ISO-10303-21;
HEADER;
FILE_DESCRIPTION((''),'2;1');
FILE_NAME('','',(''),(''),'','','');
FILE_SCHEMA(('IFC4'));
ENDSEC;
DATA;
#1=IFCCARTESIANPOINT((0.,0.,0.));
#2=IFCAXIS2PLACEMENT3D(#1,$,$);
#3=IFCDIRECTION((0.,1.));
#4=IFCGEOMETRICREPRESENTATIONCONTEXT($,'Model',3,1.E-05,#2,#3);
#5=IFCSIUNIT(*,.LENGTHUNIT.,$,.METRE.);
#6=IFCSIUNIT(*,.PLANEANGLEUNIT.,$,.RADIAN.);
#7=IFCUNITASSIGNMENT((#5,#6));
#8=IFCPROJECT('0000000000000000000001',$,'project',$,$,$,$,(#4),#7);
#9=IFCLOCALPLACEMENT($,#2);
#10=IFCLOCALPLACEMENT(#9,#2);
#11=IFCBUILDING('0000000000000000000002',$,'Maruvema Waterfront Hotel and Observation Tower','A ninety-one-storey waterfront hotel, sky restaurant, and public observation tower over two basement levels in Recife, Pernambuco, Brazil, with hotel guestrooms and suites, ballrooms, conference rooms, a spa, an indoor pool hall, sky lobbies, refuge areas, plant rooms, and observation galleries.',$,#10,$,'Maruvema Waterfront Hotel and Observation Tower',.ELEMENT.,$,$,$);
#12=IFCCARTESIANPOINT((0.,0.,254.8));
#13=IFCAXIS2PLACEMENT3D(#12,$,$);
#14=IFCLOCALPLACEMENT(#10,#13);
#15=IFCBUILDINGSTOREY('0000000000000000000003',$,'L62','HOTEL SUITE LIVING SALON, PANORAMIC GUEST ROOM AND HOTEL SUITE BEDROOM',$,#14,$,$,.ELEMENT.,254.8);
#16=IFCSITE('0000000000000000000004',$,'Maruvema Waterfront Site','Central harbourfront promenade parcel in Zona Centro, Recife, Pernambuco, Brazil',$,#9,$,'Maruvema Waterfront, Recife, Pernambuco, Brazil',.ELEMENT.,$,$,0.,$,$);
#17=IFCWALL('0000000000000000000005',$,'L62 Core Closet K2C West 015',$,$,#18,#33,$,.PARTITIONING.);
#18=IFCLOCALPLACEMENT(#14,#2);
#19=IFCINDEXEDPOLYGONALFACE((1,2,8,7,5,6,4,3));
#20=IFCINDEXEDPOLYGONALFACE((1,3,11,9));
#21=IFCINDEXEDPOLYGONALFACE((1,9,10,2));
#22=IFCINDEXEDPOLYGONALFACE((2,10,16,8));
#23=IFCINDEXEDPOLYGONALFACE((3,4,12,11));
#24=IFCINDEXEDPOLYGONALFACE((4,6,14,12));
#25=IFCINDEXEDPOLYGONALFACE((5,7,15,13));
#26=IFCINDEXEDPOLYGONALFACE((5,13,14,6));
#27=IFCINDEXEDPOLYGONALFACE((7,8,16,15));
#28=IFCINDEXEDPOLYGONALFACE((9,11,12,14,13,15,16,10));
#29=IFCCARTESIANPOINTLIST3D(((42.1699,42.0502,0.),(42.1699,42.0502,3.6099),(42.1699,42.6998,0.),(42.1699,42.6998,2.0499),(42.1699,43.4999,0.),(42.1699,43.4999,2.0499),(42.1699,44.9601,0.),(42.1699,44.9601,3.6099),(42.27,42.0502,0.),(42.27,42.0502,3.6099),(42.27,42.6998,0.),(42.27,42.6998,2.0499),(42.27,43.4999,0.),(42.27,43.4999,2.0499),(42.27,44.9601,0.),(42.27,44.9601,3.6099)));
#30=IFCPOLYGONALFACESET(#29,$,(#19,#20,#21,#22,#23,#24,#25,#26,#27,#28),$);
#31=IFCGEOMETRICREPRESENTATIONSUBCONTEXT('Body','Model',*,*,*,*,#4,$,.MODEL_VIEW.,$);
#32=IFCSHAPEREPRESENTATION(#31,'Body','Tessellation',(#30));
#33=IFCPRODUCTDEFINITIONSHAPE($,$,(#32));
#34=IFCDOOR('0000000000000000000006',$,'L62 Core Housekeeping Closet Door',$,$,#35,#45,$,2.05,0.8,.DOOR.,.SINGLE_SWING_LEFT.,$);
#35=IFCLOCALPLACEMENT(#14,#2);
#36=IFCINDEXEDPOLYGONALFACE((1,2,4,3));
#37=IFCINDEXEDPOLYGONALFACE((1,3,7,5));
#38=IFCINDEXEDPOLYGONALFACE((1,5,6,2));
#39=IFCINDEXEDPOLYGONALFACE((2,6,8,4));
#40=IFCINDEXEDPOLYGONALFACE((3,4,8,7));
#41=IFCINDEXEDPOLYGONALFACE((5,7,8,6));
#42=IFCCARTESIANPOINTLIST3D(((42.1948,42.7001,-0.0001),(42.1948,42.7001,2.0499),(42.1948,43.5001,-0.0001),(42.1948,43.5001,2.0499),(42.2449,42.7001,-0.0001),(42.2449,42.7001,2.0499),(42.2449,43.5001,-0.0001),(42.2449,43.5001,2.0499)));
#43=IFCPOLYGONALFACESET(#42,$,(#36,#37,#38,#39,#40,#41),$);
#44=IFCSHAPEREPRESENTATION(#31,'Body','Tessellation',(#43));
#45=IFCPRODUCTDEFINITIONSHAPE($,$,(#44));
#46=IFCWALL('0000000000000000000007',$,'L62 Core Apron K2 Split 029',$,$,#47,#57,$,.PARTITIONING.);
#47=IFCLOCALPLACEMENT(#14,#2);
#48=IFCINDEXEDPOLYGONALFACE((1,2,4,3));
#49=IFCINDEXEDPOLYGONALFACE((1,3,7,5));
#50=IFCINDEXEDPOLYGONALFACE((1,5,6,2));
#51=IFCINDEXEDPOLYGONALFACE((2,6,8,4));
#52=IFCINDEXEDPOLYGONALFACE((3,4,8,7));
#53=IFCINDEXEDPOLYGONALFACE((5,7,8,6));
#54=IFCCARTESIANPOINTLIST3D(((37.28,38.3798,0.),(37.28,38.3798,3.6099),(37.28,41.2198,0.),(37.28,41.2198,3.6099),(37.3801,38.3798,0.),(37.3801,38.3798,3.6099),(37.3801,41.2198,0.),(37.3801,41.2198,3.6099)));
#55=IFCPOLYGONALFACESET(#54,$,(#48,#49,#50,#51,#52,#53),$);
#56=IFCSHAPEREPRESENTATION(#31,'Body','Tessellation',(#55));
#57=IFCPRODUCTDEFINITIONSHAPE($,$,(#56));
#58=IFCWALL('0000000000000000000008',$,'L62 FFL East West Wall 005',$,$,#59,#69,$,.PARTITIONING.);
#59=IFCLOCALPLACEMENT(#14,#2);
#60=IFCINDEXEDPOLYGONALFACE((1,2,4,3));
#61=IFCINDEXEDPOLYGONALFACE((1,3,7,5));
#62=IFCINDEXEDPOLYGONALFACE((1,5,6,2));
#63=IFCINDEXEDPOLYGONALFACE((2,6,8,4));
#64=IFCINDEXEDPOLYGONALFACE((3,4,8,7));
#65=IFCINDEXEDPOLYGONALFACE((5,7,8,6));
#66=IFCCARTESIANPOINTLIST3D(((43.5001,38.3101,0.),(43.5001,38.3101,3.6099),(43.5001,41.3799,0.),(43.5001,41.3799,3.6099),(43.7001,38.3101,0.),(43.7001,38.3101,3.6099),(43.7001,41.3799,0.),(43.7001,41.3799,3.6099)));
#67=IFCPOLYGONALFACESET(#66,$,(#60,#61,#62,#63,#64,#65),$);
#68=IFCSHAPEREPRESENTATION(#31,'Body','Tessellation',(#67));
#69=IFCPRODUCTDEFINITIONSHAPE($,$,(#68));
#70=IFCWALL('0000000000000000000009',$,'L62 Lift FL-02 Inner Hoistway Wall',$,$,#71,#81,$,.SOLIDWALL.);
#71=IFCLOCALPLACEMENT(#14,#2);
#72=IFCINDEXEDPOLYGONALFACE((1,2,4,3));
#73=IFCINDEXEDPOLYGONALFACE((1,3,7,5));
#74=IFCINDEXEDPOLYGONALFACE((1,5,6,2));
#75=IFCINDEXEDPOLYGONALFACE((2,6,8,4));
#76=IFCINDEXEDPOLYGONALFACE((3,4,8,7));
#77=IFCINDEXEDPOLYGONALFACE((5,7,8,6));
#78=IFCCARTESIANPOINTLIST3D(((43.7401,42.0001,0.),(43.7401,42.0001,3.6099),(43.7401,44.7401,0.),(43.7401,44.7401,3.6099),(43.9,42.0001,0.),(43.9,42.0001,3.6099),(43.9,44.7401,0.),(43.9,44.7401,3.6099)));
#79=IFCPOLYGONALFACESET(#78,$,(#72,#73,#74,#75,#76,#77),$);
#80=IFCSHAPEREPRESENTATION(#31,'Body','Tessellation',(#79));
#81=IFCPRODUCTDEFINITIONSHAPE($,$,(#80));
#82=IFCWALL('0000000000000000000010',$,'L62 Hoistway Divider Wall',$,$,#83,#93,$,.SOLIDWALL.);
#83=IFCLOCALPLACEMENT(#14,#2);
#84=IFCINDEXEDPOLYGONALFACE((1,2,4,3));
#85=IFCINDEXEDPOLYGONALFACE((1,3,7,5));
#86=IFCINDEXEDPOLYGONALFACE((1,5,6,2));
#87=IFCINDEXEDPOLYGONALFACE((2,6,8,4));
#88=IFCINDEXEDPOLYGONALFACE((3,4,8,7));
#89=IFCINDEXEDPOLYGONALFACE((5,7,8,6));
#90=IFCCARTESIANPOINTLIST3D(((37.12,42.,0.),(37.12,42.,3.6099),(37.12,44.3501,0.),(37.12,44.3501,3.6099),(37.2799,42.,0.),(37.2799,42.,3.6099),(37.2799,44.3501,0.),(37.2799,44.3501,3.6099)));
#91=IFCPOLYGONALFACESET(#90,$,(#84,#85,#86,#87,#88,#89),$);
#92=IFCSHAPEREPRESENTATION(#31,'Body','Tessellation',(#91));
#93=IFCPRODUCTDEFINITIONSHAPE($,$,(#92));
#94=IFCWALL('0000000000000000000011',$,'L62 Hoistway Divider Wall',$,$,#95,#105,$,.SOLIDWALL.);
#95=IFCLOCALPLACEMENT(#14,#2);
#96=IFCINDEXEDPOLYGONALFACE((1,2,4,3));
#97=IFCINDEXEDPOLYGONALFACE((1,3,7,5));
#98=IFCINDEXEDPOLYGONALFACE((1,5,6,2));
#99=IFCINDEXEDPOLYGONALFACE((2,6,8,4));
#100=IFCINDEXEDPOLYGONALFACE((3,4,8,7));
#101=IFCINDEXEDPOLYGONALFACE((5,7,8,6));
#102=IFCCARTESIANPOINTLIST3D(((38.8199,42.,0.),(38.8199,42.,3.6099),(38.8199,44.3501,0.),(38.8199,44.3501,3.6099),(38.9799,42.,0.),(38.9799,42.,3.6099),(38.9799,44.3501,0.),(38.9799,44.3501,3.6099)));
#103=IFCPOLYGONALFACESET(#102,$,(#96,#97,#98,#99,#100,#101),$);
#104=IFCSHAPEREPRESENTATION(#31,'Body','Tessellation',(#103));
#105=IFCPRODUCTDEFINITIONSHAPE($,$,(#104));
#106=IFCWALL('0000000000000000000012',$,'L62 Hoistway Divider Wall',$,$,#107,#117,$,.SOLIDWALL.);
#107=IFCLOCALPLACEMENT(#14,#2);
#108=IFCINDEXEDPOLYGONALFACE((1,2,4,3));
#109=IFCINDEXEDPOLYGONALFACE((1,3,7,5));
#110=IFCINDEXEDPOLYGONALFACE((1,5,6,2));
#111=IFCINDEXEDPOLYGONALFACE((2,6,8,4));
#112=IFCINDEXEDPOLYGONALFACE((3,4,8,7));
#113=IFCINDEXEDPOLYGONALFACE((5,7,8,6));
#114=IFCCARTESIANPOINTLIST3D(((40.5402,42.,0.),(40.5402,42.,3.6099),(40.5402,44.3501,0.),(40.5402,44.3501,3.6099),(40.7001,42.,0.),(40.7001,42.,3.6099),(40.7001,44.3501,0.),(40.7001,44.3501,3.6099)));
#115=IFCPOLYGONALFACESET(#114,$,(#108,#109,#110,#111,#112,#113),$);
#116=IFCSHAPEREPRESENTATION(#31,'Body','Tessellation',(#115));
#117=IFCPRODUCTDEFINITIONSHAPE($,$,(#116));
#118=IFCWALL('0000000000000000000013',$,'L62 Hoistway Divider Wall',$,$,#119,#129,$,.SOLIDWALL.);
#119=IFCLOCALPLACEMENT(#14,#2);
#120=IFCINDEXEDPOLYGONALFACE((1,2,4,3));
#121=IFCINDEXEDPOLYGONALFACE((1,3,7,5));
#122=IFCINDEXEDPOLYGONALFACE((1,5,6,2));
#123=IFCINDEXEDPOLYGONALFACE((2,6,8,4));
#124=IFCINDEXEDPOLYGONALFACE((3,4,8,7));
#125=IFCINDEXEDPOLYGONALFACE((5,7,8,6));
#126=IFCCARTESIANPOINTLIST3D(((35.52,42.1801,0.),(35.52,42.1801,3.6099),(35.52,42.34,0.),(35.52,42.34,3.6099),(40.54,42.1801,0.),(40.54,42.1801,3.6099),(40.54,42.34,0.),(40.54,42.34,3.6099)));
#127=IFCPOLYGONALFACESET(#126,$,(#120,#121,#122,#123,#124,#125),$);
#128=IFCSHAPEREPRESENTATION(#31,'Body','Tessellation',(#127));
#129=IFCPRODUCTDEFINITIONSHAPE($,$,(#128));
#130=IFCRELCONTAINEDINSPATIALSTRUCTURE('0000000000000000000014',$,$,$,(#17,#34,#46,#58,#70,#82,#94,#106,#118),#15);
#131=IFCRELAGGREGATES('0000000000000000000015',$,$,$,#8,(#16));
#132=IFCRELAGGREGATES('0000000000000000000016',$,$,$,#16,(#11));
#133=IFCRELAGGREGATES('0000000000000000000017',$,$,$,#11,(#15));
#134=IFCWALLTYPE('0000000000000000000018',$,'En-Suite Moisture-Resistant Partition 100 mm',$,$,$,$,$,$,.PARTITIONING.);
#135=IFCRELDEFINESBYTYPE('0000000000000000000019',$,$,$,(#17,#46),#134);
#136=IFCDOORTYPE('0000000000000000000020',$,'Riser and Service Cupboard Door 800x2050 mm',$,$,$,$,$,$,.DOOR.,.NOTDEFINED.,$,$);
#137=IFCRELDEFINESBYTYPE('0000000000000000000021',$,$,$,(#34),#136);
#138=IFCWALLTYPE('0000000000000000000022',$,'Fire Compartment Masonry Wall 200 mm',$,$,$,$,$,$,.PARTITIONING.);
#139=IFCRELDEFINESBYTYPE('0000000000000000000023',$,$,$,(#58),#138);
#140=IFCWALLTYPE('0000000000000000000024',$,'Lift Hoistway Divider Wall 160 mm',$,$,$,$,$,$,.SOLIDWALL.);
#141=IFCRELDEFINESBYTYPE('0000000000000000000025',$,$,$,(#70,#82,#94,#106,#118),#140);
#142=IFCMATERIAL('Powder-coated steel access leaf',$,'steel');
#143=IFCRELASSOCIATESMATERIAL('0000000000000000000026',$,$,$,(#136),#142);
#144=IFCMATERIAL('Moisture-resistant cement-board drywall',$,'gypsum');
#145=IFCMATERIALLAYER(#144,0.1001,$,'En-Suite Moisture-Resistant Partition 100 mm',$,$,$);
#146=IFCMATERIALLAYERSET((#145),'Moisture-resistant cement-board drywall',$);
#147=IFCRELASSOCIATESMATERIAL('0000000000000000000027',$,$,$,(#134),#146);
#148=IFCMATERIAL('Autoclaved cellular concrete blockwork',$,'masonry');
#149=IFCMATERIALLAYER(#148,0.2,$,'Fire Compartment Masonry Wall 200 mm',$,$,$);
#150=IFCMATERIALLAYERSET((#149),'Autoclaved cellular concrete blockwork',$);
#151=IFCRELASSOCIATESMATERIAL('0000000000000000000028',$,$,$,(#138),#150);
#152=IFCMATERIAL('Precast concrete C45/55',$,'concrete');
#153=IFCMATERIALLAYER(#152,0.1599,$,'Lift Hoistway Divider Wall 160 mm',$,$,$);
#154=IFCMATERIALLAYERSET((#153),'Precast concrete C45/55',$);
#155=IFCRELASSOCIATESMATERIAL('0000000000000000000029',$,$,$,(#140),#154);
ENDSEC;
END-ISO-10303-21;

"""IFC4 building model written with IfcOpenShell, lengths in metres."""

from ifc_helpers import new_model, si_unit, direction, frame, frame_2d, origin, place, context, subcontext, project, spatial, rectangle, extrude, material, layer, layer_set, type_object, element, fill, save


model = new_model("IFC4")

# Units and contexts
model_context = context("Model", 3, precision=1e-05, world=origin(), true_north=direction((0.0, 1.0)))
body_context = subcontext(model_context, "Body", "Model", "MODEL_VIEW")
ifc_project = project(units=[si_unit("LENGTHUNIT", "METRE"), si_unit("PLANEANGLEUNIT", "RADIAN")], contexts=[model_context])

# Site, building, storey
site_placement = place(None, origin())
site = spatial("IfcSite", under=ifc_project, at=site_placement, Name="Maruvema Waterfront Site", Description="Central harbourfront promenade parcel in Zona Centro, Recife, Pernambuco, Brazil", LongName="Maruvema Waterfront, Recife, Pernambuco, Brazil", CompositionType="ELEMENT", RefElevation=0.0)
building_placement = place(site_placement, origin())
building = spatial("IfcBuilding", under=site, at=building_placement, Name="Maruvema Waterfront Hotel and Observation Tower", Description="A ninety-one-storey waterfront hotel, sky restaurant, and public observation tower over two basement levels in Recife, Pernambuco, Brazil, with hotel guestrooms and suites, ballrooms, conference rooms, a spa, an indoor pool hall, sky lobbies, refuge areas, plant rooms, and observation galleries.", LongName="Maruvema Waterfront Hotel and Observation Tower", CompositionType="ELEMENT")
storey_placement = place(building_placement, frame((0.0, 0.0, 254.8)))
storey = spatial("IfcBuildingStorey", under=building, at=storey_placement, Name="L62", Description="HOTEL SUITE LIVING SALON, PANORAMIC GUEST ROOM AND HOTEL SUITE BEDROOM", CompositionType="ELEMENT", Elevation=254.8)

# Shared definitions
ifc_material_1 = material(Name="Powder-coated steel access leaf", Category="steel")
door_type_1 = type_object("IfcDoorType", Name="Riser and Service Cupboard Door 800x2050 mm", OperationType="NOTDEFINED", PredefinedType="DOOR", material=ifc_material_1)

# Shared definitions
ifc_material_2 = material(Name="Moisture-resistant cement-board drywall", Category="gypsum")
ifc_layer_1 = layer(ifc_material_2, 0.1001, Name="En-Suite Moisture-Resistant Partition 100 mm")
ifc_layer_set_1 = layer_set([ifc_layer_1], Name="Moisture-resistant cement-board drywall")
wall_type_1 = type_object("IfcWallType", Name="En-Suite Moisture-Resistant Partition 100 mm", PredefinedType="PARTITIONING", material=ifc_layer_set_1)

# Wall, opening, door
wall_1_placement = place(storey_placement, frame((42.22, 42.05, 0.0), z_axis=(0.0, 0.0, 1.0), x_axis=(0.0, 1.0, 0.0)))
wall_1 = element("IfcWall", 1, at=wall_1_placement, inside=storey, type_object=wall_type_1, Name="L62 Core Closet K2C West 015", PredefinedType="PARTITIONING", context=body_context, shape_type="SweptSolid", body=[
    extrude(rectangle(XDim=2.9099, YDim=0.1001, at=frame_2d((1.4551, 0.0))), origin(), (0.0, 0.0, 1.0), 3.6099),
])
opening_1_placement = place(wall_1_placement, frame((0.6499, 0.0, 0.0)))
opening_1 = element("IfcOpeningElement", 2, at=opening_1_placement, cuts=wall_1, PredefinedType="OPENING", context=body_context, shape_type="SweptSolid", body=[
    extrude(rectangle(XDim=0.8, YDim=2.05, at=frame_2d((0.3999, 1.0249))), frame((0.0, 0.0601, 0.0), z_axis=(0.0, -1.0, 0.0), x_axis=(1.0, 0.0, 0.0)), (0.0, 0.0, 1.0), 0.1201),
])
door_1_placement = place(opening_1_placement, frame((0.8, 0.0, 0.0), z_axis=(0.0, 0.0, 1.0), x_axis=(-1.0, 0.0, 0.0)))
door_1 = element("IfcDoor", 3, at=door_1_placement, inside=storey, type_object=door_type_1, Name="L62 Core Housekeeping Closet Door", OperationType="SINGLE_SWING_LEFT", OverallHeight=2.05, OverallWidth=0.8, PredefinedType="DOOR", context=body_context, shape_type="SweptSolid", body=[
    extrude(rectangle(XDim=0.8, YDim=2.05, at=frame_2d((0.3999, 1.0249))), frame((0.0, 0.0249, 0.0), z_axis=(0.0, -1.0, 0.0), x_axis=(1.0, 0.0, 0.0)), (0.0, 0.0, 1.0), 0.05),
])
fill(opening_1, door_1)

# Wall
wall_2_placement = place(storey_placement, frame((37.3301, 38.3799, 0.0), z_axis=(0.0, 0.0, 1.0), x_axis=(0.0, 1.0, 0.0)))
element("IfcWall", 4, at=wall_2_placement, inside=storey, type_object=wall_type_1, Name="L62 Core Apron K2 Split 029", PredefinedType="PARTITIONING", context=body_context, shape_type="SweptSolid", body=[
    extrude(rectangle(XDim=2.8401, YDim=0.1001, at=frame_2d((1.4199, 0.0))), origin(), (0.0, 0.0, 1.0), 3.6099),
])

# Shared definitions
ifc_material_3 = material(Name="Autoclaved cellular concrete blockwork", Category="masonry")
ifc_layer_2 = layer(ifc_material_3, 0.2, Name="Fire Compartment Masonry Wall 200 mm")
ifc_layer_set_2 = layer_set([ifc_layer_2], Name="Autoclaved cellular concrete blockwork")
wall_type_2 = type_object("IfcWallType", Name="Fire Compartment Masonry Wall 200 mm", PredefinedType="PARTITIONING", material=ifc_layer_set_2)

# Walls
wall_3_placement = place(storey_placement, frame((43.6001, 38.3101, 0.0), z_axis=(0.0, 0.0, 1.0), x_axis=(0.0, 1.0, 0.0)))
element("IfcWall", 5, at=wall_3_placement, inside=storey, type_object=wall_type_2, Name="L62 FFL East West Wall 005", PredefinedType="PARTITIONING", context=body_context, shape_type="SweptSolid", body=[
    extrude(rectangle(XDim=3.0698, YDim=0.2, at=frame_2d((1.5349, 0.0))), origin(), (0.0, 0.0, 1.0), 3.6099),
])
ifc_material_4 = material(Name="Precast concrete C45/55", Category="concrete")
ifc_layer_3 = layer(ifc_material_4, 0.1599, Name="Lift Hoistway Divider Wall 160 mm")
ifc_layer_set_3 = layer_set([ifc_layer_3], Name="Precast concrete C45/55")
wall_type_3 = type_object("IfcWallType", Name="Lift Hoistway Divider Wall 160 mm", PredefinedType="SOLIDWALL", material=ifc_layer_set_3)
wall_4_placement = place(storey_placement, frame((43.8201, 42.0, 0.0), z_axis=(0.0, 0.0, 1.0), x_axis=(0.0, 1.0, 0.0)))
element("IfcWall", 6, at=wall_4_placement, inside=storey, type_object=wall_type_3, Name="L62 Lift FL-02 Inner Hoistway Wall", PredefinedType="SOLIDWALL", context=body_context, shape_type="SweptSolid", body=[
    extrude(rectangle(XDim=2.74, YDim=0.1599, at=frame_2d((1.3701, 0.0))), origin(), (0.0, 0.0, 1.0), 3.6099),
])
for number, where, z_axis, x_axis, name in (
    (7, (37.2, 42.0, 0.0), (0.0, 0.0, 1.0), (0.0, 1.0, 0.0), "L62 Hoistway Divider Wall"),
    (8, (38.8999, 42.0, 0.0), (0.0, 0.0, 1.0), (0.0, 1.0, 0.0), "L62 Hoistway Divider Wall"),
    (9, (40.6201, 42.0, 0.0), (0.0, 0.0, 1.0), (0.0, 1.0, 0.0), "L62 Hoistway Divider Wall"),
):
    element("IfcWall", number, at=place(storey_placement, frame(where, z_axis=z_axis, x_axis=x_axis)), inside=storey, type_object=wall_type_3, Name=name, PredefinedType="SOLIDWALL", context=body_context, shape_type="SweptSolid", body=[
        extrude(rectangle(XDim=2.3501, YDim=0.1599, at=frame_2d((1.175, 0.0))), origin(), (0.0, 0.0, 1.0), 3.6099),
    ])
wall_5_placement = place(storey_placement, frame((35.52, 42.26, 0.0), z_axis=(0.0, 0.0, 1.0), x_axis=(1.0, 0.0, 0.0)))
element("IfcWall", 10, at=wall_5_placement, inside=storey, type_object=wall_type_3, Name="L62 Hoistway Divider Wall", PredefinedType="SOLIDWALL", context=body_context, shape_type="SweptSolid", body=[
    extrude(rectangle(XDim=5.02, YDim=0.1599, at=frame_2d((2.51, 0.0))), origin(), (0.0, 0.0, 1.0), 3.6099),
])

save(model, "model.ifc")
